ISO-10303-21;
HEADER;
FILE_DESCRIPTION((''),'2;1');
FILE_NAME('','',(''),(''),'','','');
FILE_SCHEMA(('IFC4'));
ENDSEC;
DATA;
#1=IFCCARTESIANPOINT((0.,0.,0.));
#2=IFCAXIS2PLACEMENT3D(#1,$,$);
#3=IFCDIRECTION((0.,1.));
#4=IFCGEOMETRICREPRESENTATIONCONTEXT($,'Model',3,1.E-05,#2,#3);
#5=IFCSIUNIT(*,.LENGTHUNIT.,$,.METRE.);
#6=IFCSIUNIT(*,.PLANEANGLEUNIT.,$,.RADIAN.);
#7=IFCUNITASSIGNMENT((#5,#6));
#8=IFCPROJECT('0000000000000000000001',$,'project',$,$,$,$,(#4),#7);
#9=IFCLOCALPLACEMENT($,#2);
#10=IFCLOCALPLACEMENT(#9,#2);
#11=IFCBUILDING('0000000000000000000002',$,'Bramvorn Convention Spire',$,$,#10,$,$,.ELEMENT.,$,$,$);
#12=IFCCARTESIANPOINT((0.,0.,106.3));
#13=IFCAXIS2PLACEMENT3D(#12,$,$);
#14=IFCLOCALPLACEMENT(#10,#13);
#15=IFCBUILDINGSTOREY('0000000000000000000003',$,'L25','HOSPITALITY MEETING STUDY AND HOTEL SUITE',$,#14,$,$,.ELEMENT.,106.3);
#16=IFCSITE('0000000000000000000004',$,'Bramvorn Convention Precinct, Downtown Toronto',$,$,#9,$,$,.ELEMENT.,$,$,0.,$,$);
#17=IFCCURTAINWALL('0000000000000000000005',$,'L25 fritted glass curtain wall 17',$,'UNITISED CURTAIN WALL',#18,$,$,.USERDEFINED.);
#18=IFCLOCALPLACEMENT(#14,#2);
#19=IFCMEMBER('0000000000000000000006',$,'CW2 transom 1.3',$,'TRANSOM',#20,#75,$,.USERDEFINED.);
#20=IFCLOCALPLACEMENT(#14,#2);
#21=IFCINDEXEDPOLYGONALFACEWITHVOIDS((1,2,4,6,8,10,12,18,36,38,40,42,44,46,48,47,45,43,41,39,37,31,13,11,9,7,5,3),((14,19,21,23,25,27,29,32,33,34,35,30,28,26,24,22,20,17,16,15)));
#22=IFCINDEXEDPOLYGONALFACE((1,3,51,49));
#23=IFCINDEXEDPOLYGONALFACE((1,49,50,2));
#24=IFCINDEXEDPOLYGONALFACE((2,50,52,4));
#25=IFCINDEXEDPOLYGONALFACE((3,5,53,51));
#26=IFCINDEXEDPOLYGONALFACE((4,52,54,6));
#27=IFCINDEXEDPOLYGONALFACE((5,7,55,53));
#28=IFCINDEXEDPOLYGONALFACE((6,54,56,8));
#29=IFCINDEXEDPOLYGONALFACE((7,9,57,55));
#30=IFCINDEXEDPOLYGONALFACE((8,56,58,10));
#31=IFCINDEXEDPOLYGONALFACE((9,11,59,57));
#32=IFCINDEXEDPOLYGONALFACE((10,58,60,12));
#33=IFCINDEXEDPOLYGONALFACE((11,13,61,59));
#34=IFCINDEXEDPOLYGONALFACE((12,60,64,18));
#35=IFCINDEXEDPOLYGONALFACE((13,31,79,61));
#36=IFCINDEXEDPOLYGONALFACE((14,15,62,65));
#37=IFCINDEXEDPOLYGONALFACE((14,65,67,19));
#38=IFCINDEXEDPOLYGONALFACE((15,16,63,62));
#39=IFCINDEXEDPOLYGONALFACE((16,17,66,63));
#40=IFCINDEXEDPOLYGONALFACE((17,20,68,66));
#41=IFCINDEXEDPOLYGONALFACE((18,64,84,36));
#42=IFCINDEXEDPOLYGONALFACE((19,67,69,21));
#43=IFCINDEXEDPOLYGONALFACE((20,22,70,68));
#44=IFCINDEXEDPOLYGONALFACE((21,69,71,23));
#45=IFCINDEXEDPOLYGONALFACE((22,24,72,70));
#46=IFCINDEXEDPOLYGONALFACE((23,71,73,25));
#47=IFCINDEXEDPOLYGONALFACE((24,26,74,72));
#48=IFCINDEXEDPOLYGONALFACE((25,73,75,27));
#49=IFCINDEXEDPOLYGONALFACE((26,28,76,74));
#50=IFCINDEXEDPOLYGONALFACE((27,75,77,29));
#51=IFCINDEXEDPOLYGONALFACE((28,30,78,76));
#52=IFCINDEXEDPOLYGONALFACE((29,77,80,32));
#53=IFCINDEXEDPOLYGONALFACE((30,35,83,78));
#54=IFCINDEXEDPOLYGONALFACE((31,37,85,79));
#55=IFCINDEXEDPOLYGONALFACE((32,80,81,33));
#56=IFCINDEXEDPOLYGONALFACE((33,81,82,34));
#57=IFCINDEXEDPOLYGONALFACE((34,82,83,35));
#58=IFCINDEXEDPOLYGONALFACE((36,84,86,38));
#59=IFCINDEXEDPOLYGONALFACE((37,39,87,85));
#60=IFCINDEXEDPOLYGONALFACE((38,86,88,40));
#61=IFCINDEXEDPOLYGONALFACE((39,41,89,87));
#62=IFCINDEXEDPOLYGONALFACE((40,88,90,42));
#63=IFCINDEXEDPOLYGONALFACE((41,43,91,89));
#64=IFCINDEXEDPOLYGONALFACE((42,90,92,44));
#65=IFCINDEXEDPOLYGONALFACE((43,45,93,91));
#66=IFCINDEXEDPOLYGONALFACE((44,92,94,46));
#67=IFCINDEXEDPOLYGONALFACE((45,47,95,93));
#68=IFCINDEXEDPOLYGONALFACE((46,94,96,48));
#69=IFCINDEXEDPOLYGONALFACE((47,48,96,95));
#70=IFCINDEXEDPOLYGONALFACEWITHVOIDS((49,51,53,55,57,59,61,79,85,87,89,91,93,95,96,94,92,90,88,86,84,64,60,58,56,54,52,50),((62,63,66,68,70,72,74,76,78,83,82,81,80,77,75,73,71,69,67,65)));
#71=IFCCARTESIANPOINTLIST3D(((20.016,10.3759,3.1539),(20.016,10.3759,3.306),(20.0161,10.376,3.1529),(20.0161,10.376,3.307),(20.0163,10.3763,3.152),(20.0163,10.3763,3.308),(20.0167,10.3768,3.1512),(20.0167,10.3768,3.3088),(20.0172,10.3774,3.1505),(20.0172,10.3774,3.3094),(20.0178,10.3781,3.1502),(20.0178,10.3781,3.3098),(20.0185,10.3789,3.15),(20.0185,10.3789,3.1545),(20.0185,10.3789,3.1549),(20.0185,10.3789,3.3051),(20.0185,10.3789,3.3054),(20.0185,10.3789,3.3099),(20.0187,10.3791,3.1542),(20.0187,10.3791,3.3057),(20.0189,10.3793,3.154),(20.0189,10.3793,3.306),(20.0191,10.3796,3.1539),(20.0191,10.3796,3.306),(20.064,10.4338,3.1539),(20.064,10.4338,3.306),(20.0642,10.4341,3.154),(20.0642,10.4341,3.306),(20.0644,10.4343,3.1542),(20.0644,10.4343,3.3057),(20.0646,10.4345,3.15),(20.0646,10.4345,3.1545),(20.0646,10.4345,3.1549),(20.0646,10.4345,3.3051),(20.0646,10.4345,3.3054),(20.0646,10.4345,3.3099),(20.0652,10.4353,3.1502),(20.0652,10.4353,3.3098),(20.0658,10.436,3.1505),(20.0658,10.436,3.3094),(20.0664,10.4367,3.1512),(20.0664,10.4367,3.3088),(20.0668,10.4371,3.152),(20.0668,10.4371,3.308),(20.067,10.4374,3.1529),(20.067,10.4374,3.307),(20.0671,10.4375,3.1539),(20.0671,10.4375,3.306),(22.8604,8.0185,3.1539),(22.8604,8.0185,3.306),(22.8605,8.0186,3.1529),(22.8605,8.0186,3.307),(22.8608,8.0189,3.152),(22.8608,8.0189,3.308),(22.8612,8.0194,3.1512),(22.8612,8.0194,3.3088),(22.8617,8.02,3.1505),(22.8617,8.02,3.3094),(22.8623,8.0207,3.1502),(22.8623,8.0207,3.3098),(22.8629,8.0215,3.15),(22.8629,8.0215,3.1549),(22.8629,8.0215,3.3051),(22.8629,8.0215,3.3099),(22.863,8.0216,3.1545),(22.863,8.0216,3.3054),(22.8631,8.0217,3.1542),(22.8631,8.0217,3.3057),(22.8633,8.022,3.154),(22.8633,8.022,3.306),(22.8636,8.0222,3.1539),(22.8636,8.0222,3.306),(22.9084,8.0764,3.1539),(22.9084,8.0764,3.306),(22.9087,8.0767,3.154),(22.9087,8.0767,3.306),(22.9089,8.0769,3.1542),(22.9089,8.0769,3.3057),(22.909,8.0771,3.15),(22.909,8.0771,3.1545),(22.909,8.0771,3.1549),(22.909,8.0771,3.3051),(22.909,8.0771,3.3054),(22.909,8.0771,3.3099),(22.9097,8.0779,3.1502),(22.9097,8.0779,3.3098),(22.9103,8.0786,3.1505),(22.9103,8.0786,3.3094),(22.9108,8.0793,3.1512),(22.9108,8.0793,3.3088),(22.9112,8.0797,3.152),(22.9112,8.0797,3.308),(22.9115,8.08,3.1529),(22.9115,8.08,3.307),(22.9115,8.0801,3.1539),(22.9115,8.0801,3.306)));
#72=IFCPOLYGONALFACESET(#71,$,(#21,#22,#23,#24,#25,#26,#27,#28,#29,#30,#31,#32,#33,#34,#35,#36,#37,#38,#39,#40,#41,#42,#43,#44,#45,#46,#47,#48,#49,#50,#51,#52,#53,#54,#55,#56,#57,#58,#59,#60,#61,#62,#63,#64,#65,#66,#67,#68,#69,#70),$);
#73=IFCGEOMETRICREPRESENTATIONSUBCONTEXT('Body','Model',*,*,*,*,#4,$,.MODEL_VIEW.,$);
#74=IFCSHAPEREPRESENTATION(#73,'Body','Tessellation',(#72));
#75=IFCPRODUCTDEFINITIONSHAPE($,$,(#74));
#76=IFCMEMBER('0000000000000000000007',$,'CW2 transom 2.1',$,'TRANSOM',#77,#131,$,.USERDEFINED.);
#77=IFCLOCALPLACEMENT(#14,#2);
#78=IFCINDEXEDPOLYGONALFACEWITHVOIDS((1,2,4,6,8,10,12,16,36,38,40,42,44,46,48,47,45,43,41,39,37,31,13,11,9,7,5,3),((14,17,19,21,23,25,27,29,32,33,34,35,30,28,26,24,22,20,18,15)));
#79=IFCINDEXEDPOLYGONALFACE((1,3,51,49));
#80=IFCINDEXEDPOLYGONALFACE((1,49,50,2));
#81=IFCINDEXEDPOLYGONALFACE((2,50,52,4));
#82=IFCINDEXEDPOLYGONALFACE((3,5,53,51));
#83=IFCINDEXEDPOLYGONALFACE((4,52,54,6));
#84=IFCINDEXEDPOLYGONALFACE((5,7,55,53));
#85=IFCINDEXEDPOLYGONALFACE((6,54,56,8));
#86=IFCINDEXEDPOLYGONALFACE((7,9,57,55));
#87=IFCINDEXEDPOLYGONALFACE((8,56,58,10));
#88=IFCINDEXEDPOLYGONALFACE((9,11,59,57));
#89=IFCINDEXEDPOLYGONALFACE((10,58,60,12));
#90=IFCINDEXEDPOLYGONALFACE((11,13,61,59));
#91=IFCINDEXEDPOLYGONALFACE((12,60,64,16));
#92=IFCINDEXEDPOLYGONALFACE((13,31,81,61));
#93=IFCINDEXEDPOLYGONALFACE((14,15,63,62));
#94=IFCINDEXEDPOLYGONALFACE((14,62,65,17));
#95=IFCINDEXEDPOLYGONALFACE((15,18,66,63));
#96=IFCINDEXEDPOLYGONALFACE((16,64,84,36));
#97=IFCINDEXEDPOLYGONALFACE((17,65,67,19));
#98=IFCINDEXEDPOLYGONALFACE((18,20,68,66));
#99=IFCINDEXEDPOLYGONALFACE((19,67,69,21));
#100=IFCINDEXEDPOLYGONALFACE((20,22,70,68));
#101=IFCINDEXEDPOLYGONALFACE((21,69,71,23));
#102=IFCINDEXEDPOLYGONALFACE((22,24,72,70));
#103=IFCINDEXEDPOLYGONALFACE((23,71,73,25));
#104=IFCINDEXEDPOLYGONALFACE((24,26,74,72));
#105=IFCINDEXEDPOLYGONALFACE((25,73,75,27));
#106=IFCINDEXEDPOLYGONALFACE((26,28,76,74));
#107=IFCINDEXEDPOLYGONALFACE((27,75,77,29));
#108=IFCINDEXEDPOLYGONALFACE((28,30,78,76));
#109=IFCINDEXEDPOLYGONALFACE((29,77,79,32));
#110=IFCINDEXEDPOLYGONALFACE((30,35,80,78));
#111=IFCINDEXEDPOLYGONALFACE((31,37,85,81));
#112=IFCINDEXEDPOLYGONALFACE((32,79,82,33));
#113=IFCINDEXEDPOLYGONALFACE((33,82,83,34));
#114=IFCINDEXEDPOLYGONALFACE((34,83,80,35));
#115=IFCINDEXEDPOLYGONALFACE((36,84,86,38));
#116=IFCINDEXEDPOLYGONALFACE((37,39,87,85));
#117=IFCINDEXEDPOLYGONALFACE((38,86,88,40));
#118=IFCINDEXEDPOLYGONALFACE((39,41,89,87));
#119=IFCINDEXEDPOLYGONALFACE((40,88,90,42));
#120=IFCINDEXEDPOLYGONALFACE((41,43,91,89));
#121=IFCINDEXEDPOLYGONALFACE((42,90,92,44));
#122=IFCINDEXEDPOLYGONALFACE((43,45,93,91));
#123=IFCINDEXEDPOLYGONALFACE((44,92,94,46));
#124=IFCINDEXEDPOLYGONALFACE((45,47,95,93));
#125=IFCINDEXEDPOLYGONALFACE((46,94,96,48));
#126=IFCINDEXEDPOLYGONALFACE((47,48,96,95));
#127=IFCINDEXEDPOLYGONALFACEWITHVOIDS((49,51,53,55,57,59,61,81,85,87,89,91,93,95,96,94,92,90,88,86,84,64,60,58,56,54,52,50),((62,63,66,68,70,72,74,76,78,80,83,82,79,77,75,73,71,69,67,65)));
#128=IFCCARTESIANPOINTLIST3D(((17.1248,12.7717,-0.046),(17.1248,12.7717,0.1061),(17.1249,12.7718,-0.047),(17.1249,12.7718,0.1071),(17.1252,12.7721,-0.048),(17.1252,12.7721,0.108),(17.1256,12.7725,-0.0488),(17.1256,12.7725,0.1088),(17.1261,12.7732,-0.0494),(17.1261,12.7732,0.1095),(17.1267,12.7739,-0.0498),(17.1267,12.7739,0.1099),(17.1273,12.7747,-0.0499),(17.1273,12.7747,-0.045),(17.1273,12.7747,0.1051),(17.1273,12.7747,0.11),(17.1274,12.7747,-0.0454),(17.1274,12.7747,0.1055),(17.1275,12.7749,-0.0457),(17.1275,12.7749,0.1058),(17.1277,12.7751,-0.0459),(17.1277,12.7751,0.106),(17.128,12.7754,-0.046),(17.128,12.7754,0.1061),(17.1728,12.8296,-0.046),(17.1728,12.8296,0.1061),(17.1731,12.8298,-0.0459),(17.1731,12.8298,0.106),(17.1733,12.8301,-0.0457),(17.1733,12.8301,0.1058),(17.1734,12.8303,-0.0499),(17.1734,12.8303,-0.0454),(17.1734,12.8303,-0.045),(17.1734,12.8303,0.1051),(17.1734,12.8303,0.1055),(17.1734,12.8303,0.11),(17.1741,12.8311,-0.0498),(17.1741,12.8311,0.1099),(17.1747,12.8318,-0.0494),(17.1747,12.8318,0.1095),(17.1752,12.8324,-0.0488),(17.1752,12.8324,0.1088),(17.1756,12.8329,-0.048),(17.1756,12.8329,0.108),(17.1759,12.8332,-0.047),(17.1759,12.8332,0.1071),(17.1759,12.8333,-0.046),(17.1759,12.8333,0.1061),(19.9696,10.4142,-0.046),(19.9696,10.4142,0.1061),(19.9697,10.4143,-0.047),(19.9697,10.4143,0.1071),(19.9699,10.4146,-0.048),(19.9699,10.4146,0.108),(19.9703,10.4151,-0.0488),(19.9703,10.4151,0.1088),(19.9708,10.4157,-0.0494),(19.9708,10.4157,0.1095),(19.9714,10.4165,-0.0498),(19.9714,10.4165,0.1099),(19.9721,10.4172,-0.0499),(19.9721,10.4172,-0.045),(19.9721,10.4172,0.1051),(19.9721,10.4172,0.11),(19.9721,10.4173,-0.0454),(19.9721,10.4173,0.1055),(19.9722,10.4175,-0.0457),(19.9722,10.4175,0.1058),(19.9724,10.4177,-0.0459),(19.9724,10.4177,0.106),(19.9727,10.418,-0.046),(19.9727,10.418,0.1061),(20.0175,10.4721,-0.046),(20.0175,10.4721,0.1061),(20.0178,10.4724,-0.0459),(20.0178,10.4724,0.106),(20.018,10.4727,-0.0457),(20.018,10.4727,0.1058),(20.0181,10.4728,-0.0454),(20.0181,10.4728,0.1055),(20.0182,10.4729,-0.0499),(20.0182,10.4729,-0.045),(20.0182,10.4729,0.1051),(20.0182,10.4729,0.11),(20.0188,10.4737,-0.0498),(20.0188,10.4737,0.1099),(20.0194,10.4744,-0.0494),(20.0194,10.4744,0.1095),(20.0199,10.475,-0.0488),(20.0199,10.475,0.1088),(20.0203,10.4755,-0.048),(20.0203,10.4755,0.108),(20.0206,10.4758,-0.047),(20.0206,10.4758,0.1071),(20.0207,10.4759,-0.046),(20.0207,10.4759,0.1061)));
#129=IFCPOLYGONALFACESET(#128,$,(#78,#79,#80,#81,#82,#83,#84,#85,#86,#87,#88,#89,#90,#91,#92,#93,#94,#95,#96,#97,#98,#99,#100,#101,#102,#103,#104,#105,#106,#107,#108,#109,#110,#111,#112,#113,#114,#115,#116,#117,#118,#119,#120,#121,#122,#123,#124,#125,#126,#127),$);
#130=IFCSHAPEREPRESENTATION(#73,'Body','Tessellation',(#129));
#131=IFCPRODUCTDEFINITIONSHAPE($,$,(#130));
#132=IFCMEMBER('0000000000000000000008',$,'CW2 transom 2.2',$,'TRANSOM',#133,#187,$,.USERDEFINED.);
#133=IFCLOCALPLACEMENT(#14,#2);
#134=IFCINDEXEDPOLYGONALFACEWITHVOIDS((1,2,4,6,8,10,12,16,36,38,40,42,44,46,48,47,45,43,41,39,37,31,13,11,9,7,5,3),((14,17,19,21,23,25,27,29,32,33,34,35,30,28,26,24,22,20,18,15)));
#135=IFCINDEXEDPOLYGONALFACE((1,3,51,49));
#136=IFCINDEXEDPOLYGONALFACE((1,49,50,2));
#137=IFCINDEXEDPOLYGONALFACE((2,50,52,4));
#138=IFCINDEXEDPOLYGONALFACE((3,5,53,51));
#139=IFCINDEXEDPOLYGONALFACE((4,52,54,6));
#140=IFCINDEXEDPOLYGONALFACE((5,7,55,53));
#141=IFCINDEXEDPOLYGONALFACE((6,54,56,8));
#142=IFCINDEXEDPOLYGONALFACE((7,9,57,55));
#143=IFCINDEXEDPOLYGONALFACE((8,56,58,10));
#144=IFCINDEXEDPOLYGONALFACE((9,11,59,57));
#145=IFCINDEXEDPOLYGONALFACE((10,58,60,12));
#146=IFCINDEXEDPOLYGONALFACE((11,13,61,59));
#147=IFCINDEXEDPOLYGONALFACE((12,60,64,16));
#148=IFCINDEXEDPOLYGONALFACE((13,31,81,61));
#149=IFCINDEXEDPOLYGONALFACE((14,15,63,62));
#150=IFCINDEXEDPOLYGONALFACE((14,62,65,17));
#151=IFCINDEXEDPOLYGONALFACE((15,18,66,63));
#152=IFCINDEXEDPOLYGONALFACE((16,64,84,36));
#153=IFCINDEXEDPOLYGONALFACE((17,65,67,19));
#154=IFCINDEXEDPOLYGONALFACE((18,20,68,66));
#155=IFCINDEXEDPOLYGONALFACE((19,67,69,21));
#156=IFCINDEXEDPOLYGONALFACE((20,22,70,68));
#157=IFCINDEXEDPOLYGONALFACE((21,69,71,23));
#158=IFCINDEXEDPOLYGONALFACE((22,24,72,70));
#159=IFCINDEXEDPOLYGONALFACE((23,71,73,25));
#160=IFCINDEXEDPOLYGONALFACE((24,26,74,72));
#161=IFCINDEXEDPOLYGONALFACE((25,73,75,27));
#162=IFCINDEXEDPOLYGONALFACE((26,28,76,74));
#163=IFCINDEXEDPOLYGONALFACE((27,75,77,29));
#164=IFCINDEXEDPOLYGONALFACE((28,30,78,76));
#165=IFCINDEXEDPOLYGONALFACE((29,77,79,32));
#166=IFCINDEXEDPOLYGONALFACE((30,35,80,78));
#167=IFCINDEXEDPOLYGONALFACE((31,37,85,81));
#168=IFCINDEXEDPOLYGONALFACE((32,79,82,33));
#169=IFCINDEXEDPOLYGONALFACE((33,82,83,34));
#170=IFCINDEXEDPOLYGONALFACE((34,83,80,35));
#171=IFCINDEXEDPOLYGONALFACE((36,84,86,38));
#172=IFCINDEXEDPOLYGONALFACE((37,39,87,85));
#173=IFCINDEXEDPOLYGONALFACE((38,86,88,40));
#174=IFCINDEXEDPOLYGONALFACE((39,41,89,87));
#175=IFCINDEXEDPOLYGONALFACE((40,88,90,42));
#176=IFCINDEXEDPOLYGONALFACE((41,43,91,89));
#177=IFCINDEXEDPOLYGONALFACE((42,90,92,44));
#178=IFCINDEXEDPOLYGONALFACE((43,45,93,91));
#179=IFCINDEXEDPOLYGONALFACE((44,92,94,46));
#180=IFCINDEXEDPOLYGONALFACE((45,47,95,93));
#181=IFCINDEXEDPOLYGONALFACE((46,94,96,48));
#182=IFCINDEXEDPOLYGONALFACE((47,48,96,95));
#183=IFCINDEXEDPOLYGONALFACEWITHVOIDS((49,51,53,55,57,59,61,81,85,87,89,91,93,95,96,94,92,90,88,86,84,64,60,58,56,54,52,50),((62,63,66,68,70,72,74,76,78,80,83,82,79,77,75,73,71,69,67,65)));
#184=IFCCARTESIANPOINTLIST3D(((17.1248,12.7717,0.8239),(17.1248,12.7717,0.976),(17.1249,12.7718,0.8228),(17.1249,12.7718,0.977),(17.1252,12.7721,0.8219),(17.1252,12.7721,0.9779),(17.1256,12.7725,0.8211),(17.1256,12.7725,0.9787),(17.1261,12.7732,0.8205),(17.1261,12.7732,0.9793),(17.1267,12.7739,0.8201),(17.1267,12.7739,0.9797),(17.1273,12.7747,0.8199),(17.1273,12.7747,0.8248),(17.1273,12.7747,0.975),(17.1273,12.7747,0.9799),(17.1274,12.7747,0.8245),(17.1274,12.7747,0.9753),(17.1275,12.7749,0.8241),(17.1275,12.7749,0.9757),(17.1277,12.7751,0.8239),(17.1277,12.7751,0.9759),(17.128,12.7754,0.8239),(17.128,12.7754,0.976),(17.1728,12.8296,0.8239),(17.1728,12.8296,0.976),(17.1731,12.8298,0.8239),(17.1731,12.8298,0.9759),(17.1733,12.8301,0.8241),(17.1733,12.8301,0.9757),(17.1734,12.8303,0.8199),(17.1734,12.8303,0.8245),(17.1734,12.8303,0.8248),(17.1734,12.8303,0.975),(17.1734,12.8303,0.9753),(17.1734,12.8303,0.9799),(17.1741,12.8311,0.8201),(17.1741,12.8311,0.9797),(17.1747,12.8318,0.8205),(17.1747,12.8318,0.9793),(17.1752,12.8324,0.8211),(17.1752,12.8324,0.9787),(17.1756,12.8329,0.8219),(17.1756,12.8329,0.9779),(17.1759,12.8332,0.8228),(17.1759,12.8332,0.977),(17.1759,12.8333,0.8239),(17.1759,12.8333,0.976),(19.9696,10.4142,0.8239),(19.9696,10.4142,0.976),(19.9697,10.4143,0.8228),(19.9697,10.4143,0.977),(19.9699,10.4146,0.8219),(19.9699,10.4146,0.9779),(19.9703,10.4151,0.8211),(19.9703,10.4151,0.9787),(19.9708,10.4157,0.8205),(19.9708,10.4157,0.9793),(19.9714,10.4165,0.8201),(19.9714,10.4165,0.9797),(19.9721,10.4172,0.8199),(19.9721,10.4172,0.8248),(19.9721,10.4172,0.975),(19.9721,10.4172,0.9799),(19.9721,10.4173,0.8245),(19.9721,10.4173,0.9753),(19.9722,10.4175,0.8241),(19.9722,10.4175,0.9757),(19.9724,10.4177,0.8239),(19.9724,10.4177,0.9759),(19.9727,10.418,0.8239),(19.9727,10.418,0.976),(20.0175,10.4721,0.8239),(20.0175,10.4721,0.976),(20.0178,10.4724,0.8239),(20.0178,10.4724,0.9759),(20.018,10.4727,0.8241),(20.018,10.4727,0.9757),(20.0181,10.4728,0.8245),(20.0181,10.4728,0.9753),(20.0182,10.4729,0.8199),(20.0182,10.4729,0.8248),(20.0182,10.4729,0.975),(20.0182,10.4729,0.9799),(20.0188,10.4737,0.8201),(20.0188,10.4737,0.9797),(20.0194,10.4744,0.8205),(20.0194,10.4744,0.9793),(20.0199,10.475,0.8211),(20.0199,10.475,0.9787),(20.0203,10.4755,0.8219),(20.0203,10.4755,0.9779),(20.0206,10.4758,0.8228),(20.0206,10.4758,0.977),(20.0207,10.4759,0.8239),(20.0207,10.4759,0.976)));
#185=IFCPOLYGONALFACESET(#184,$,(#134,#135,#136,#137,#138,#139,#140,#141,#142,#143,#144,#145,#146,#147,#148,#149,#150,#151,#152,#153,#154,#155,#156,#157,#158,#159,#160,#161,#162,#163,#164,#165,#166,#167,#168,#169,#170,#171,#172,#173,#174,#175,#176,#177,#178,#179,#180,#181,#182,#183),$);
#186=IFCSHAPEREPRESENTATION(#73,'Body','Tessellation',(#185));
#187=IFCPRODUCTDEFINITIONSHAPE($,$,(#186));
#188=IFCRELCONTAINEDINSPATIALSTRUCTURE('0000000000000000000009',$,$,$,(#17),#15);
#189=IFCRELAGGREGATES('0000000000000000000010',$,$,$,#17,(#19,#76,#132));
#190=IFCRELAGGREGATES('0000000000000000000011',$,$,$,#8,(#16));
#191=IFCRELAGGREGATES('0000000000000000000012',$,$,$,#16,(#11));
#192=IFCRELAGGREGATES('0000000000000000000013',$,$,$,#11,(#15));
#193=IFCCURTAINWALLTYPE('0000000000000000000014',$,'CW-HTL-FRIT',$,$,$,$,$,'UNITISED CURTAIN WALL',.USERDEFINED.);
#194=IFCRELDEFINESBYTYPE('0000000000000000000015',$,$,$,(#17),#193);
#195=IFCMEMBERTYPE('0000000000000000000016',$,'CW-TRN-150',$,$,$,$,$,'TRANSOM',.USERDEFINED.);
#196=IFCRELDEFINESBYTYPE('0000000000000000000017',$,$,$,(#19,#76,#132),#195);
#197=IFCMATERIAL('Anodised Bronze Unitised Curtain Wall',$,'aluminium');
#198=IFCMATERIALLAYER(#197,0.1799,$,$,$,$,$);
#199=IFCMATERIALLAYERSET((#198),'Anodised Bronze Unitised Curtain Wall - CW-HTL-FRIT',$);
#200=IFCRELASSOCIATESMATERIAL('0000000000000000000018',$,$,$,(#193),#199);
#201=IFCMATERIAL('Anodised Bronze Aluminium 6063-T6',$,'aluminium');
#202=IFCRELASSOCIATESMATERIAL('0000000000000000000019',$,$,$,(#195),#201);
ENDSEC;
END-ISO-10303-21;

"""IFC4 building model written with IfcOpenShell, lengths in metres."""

from ifc_helpers import new_model, si_unit, direction, frame, origin, origin_2d, place, context, subcontext, project, spatial, hollow_rectangle, extrude, material, layer, layer_set, material_profile, profile_set, type_object, element, aggregate, save


model = new_model("IFC4")

# Units and contexts
model_context = context("Model", 3, precision=1e-05, world=origin(), true_north=direction((0.0, 1.0)))
body_context = subcontext(model_context, "Body", "Model", "MODEL_VIEW")
ifc_project = project(units=[si_unit("LENGTHUNIT", "METRE"), si_unit("PLANEANGLEUNIT", "RADIAN")], contexts=[model_context])

# Site, building, storey
site_placement = place(None, origin())
site = spatial("IfcSite", under=ifc_project, at=site_placement, Name="Bramvorn Convention Precinct, Downtown Toronto", CompositionType="ELEMENT", RefElevation=0.0)
building_placement = place(site_placement, origin())
building = spatial("IfcBuilding", under=site, at=building_placement, Name="Bramvorn Convention Spire", CompositionType="ELEMENT")
storey_placement = place(building_placement, frame((0.0, 0.0, 106.3)))
storey = spatial("IfcBuildingStorey", under=building, at=storey_placement, Name="L25", Description="HOSPITALITY MEETING STUDY AND HOTEL SUITE", CompositionType="ELEMENT", Elevation=106.3)

# Curtain wall, members
ifc_material_1 = material(Name="Anodised Bronze Unitised Curtain Wall", Category="aluminium")
ifc_layer_1 = layer(ifc_material_1, 0.1799)
ifc_layer_set_1 = layer_set([ifc_layer_1], Name="Anodised Bronze Unitised Curtain Wall - CW-HTL-FRIT")
curtain_wall_type = type_object("IfcCurtainWallType", Name="CW-HTL-FRIT", ElementType="UNITISED CURTAIN WALL", PredefinedType="USERDEFINED", material=ifc_layer_set_1)
curtain_wall_placement = place(storey_placement, origin())
curtain_wall = element("IfcCurtainWall", 1, at=curtain_wall_placement, inside=storey, type_object=curtain_wall_type, Name="L25 fritted glass curtain wall 17", ObjectType="UNITISED CURTAIN WALL", PredefinedType="USERDEFINED")
ifc_material_2 = material(Name="Anodised Bronze Aluminium 6063-T6", Category="aluminium")
ifc_material_profile_1 = material_profile(ifc_material_2, hollow_rectangle(XDim=0.0801, YDim=0.1599, WallThickness=0.0039, InnerFilletRadius=0.001, OuterFilletRadius=0.0039, at=origin_2d()))
ifc_profile_set_1 = profile_set([ifc_material_profile_1], Name="Anodised Bronze Aluminium 6063-T6 - CWT80X160")
member_type_1 = type_object("IfcMemberType", Name="CW-TRN-150", ElementType="TRANSOM", PredefinedType="USERDEFINED", material=ifc_profile_set_1)
member_1_placement = place(storey_placement, frame((22.886, 8.0493, 3.23), z_axis=(-0.769946, 0.638109, 0.0), x_axis=(-0.638109, -0.769946, 0.0)))
member_1 = element("IfcMember", 2, at=member_1_placement, type_object=member_type_1, Name="CW2 transom 1.3", ObjectType="TRANSOM", PredefinedType="USERDEFINED", context=body_context, shape_type="SweptSolid", body=[
    extrude(hollow_rectangle(XDim=0.0801, YDim=0.1599, WallThickness=0.0039, InnerFilletRadius=0.001, OuterFilletRadius=0.0039, at=origin_2d()), origin(), (0.0, 0.0, 1.0), 3.6943),
])
member_2_placement = place(storey_placement, frame((19.9951, 10.4451, 0.03), z_axis=(-0.769973, 0.638076, 0.0), x_axis=(-0.638076, -0.769973, 0.0)))
member_2 = element("IfcMember", 3, at=member_2_placement, type_object=member_type_1, Name="CW2 transom 2.1", ObjectType="TRANSOM", PredefinedType="USERDEFINED", context=body_context, shape_type="SweptSolid", body=[
    extrude(hollow_rectangle(XDim=0.0801, YDim=0.1599, WallThickness=0.0039, InnerFilletRadius=0.001, OuterFilletRadius=0.0039, at=origin_2d()), origin(), (0.0, 0.0, 1.0), 3.6946),
])
member_3_placement = place(storey_placement, frame((19.9951, 10.4451, 0.8999), z_axis=(-0.769973, 0.638076, 0.0), x_axis=(-0.638076, -0.769973, 0.0)))
member_3 = element("IfcMember", 4, at=member_3_placement, type_object=member_type_1, Name="CW2 transom 2.2", ObjectType="TRANSOM", PredefinedType="USERDEFINED", context=body_context, shape_type="SweptSolid", body=[
    extrude(hollow_rectangle(XDim=0.0801, YDim=0.1599, WallThickness=0.0039, InnerFilletRadius=0.001, OuterFilletRadius=0.0039, at=origin_2d()), origin(), (0.0, 0.0, 1.0), 3.6946),
])
aggregate(curtain_wall, [member_1, member_2, member_3])

save(model, "model.ifc")
